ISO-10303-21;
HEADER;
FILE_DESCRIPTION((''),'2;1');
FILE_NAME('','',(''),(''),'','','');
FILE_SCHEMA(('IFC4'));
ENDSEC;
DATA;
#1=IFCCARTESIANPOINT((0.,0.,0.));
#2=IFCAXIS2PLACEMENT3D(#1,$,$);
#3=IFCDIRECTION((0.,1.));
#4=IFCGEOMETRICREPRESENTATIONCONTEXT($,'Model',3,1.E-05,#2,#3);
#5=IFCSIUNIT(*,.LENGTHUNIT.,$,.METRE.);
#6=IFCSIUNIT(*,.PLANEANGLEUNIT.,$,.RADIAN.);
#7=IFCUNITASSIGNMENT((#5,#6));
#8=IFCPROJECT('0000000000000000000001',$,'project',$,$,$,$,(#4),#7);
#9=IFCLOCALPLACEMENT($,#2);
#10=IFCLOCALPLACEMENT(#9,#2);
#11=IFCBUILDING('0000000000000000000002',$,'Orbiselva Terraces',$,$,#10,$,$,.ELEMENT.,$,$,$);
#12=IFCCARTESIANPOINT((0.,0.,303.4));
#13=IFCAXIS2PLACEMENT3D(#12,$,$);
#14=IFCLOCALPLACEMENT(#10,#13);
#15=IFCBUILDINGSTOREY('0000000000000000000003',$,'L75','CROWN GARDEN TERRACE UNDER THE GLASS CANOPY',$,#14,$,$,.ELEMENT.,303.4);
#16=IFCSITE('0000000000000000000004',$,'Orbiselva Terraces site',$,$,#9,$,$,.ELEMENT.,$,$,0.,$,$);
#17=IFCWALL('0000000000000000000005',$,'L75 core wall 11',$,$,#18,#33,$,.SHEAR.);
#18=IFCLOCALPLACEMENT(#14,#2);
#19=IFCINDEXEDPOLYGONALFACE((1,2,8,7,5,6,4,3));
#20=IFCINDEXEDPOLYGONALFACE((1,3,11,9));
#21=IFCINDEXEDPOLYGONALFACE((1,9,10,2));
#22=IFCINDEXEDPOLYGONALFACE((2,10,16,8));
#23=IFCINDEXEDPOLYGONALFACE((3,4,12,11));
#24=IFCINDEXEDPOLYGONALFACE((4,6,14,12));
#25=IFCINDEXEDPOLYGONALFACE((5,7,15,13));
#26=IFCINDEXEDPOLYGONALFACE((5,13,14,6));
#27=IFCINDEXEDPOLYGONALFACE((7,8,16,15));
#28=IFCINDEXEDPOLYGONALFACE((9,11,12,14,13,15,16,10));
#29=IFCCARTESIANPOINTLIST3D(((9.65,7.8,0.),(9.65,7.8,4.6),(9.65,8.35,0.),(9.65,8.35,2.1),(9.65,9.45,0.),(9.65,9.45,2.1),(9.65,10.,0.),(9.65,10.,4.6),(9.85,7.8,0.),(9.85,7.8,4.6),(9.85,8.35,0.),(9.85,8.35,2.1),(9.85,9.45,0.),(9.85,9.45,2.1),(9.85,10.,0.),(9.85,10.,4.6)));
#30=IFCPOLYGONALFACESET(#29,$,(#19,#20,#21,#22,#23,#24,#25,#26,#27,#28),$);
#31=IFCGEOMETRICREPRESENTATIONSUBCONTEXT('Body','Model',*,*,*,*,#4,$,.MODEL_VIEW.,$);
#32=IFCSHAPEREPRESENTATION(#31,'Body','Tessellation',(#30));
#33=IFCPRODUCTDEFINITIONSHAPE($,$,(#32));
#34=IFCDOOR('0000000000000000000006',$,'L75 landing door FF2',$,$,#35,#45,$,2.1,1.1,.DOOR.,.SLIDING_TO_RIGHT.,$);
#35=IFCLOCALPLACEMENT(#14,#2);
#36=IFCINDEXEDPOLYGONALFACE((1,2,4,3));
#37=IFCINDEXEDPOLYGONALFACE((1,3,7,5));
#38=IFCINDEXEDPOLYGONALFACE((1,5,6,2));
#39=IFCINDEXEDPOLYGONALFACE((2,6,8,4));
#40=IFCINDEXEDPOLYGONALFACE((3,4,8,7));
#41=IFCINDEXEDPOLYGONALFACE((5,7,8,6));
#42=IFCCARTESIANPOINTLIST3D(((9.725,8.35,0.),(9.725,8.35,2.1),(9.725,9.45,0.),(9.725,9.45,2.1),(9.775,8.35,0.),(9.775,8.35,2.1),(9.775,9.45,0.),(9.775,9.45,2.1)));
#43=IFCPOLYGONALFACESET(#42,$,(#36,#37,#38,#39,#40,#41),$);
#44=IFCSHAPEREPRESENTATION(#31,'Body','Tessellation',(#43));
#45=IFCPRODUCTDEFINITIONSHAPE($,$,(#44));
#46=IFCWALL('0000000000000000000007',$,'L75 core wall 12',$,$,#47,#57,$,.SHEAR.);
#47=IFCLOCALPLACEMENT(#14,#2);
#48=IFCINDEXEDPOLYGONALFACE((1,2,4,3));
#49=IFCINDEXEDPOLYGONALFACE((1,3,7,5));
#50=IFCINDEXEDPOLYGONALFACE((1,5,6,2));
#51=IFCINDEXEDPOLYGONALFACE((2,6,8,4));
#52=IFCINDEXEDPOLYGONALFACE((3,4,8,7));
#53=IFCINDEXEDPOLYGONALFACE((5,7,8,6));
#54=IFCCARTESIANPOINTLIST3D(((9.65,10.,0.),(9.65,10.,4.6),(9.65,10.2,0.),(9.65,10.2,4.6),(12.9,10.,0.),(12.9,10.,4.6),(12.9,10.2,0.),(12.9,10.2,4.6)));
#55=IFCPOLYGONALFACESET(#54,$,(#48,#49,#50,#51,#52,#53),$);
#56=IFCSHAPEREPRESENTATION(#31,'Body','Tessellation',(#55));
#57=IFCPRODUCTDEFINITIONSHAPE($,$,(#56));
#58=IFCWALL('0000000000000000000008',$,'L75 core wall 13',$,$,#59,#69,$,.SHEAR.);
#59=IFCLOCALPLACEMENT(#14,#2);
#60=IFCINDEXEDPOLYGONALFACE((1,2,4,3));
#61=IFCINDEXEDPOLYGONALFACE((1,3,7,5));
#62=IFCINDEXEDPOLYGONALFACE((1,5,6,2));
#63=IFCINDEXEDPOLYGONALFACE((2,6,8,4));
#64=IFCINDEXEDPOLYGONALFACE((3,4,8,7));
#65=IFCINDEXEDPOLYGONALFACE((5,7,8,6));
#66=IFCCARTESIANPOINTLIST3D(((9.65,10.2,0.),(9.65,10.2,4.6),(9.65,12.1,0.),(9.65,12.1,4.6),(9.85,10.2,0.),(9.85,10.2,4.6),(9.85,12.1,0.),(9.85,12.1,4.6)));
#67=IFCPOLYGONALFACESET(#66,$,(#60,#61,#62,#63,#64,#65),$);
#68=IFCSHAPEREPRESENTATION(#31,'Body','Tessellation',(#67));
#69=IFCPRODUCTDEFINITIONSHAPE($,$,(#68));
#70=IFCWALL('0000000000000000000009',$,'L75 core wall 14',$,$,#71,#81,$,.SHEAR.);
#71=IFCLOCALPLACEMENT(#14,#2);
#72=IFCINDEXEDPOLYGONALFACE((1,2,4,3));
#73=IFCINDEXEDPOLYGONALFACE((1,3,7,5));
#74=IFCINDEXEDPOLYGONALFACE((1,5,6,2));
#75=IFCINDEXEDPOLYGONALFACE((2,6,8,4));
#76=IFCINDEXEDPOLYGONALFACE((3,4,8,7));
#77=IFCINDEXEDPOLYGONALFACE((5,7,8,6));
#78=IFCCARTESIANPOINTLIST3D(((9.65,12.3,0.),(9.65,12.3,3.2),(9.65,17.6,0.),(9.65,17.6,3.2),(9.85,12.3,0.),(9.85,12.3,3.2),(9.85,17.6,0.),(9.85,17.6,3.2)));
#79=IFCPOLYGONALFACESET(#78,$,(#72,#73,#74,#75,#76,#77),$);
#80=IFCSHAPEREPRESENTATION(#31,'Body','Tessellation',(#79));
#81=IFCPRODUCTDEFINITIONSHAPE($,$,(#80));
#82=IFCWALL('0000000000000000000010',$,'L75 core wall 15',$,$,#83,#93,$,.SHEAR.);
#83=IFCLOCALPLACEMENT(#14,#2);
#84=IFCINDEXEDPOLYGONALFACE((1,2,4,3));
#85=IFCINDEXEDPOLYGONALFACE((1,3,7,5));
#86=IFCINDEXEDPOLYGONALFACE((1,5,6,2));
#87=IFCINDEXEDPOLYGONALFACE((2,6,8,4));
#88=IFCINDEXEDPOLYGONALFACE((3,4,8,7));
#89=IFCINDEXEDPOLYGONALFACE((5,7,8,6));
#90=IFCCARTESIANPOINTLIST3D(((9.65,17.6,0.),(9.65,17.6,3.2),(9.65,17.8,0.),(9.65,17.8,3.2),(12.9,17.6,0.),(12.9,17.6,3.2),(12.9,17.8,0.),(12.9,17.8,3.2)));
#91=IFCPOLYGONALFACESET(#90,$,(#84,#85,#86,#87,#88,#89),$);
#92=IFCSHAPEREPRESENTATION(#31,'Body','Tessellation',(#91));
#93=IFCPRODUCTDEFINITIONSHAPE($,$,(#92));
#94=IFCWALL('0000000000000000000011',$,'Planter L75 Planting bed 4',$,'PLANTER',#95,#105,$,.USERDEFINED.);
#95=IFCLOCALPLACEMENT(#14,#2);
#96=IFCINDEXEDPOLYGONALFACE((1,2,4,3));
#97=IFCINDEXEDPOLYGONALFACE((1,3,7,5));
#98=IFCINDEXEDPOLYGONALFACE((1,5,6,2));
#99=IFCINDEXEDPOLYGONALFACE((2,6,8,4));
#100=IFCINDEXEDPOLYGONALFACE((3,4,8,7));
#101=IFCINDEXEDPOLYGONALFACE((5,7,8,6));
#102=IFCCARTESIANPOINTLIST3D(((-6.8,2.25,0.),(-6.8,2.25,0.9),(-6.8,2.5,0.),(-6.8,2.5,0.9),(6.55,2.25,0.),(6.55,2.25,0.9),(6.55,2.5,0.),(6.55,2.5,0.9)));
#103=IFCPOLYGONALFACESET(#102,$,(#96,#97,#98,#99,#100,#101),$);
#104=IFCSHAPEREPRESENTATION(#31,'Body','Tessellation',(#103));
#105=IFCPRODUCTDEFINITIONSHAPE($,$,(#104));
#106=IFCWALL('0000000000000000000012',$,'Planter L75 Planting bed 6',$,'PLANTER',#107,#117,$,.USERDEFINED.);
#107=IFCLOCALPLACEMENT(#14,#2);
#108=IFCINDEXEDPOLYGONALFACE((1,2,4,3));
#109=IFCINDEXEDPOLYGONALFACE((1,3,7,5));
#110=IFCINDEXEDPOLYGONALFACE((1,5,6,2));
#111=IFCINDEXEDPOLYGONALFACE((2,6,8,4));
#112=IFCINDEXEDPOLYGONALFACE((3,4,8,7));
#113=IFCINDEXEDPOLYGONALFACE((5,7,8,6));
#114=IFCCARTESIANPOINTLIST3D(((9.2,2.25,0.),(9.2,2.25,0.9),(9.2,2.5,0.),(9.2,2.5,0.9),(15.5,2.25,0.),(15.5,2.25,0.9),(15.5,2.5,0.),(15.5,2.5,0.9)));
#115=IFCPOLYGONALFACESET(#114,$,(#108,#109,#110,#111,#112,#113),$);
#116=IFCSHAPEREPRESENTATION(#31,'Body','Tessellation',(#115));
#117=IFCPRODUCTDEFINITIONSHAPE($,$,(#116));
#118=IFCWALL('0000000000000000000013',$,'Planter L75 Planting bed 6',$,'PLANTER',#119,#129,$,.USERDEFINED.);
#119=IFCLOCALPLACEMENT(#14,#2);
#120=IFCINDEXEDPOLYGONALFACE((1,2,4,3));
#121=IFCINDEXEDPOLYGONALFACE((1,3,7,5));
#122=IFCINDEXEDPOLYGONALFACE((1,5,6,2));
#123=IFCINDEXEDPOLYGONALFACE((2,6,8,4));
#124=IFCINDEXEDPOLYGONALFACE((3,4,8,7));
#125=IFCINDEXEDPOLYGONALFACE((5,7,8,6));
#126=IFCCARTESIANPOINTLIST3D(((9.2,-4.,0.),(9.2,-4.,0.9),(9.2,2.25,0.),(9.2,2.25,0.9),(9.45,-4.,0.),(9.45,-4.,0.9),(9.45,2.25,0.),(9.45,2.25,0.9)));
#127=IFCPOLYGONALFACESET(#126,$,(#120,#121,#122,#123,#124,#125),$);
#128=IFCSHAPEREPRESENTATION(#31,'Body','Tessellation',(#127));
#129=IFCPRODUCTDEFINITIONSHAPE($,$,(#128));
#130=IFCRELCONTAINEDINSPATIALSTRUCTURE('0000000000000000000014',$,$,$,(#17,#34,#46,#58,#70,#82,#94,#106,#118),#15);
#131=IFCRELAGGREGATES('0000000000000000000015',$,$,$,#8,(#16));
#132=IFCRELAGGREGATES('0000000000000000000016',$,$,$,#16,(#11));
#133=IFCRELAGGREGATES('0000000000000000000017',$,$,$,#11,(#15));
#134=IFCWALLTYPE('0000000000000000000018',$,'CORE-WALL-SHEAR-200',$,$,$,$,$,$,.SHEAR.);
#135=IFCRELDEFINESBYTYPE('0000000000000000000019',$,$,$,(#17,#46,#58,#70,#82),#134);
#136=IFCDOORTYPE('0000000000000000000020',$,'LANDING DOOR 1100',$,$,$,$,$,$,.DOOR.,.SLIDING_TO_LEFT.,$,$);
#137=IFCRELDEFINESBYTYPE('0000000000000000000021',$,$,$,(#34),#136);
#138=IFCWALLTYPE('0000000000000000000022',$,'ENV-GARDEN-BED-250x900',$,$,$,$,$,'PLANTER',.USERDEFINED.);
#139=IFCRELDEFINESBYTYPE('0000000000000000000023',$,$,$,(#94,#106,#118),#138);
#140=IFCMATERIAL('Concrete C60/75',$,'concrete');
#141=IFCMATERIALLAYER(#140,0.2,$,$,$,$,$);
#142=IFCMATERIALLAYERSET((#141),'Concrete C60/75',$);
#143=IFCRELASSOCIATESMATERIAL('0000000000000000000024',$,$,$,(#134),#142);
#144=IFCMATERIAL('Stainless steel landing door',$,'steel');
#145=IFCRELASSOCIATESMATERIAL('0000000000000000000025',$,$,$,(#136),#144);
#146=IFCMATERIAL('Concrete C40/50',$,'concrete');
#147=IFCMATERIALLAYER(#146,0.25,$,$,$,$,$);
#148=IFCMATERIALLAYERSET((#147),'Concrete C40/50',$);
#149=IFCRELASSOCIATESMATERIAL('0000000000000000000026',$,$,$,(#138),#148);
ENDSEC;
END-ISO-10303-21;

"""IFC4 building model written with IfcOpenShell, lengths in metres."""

from ifc_helpers import new_model, si_unit, direction, frame, frame_2d, origin, place, context, subcontext, project, spatial, rectangle, extrude, material, layer, layer_set, type_object, element, fill, save


model = new_model("IFC4")

# Units and contexts
model_context = context("Model", 3, precision=1e-05, world=origin(), true_north=direction((0.0, 1.0)))
body_context = subcontext(model_context, "Body", "Model", "MODEL_VIEW")
ifc_project = project(units=[si_unit("LENGTHUNIT", "METRE"), si_unit("PLANEANGLEUNIT", "RADIAN")], contexts=[model_context])

# Site, building, storey
site_placement = place(None, origin())
site = spatial("IfcSite", under=ifc_project, at=site_placement, Name="Orbiselva Terraces site", CompositionType="ELEMENT", RefElevation=0.0)
building_placement = place(site_placement, origin())
building = spatial("IfcBuilding", under=site, at=building_placement, Name="Orbiselva Terraces", CompositionType="ELEMENT")
storey_placement = place(building_placement, frame((0.0, 0.0, 303.4)))
storey = spatial("IfcBuildingStorey", under=building, at=storey_placement, Name="L75", Description="CROWN GARDEN TERRACE UNDER THE GLASS CANOPY", CompositionType="ELEMENT", Elevation=303.4)

# Shared definitions
ifc_material_1 = material(Name="Concrete C40/50", Category="concrete")

# Shared definitions
ifc_material_2 = material(Name="Concrete C60/75", Category="concrete")
ifc_layer_1 = layer(ifc_material_2, 0.2)
ifc_layer_set_1 = layer_set([ifc_layer_1], Name="Concrete C60/75")
wall_type_1 = type_object("IfcWallType", Name="CORE-WALL-SHEAR-200", PredefinedType="SHEAR", material=ifc_layer_set_1)

# Shared definitions
ifc_material_3 = material(Name="Stainless steel landing door", Category="steel")
door_type_1 = type_object("IfcDoorType", Name="LANDING DOOR 1100", OperationType="SLIDING_TO_LEFT", PredefinedType="DOOR", material=ifc_material_3)

# Wall, opening, door
wall_1_placement = place(storey_placement, frame((9.75, 7.8, 0.0), z_axis=(0.0, 0.0, 1.0), x_axis=(0.0, 1.0, 0.0)))
wall_1 = element("IfcWall", 1, at=wall_1_placement, inside=storey, type_object=wall_type_1, Name="L75 core wall 11", PredefinedType="SHEAR", context=body_context, shape_type="SweptSolid", body=[
    extrude(rectangle(XDim=2.2, YDim=0.2, at=frame_2d((1.1, 0.0))), origin(), (0.0, 0.0, 1.0), 4.6),
])
opening_1_placement = place(wall_1_placement, frame((0.55, 0.0, 0.0)))
opening_1 = element("IfcOpeningElement", 2, at=opening_1_placement, cuts=wall_1, PredefinedType="OPENING", context=body_context, shape_type="SweptSolid", body=[
    extrude(rectangle(XDim=1.1, YDim=2.1, at=frame_2d((0.55, 1.05))), frame((0.0, 0.11, 0.0), z_axis=(0.0, -1.0, 0.0), x_axis=(1.0, 0.0, 0.0)), (0.0, 0.0, 1.0), 0.22),
])
door_1_placement = place(opening_1_placement, origin())
door_1 = element("IfcDoor", 3, at=door_1_placement, inside=storey, type_object=door_type_1, Name="L75 landing door FF2", OperationType="SLIDING_TO_RIGHT", OverallHeight=2.1, OverallWidth=1.1, PredefinedType="DOOR", context=body_context, shape_type="SweptSolid", body=[
    extrude(rectangle(XDim=1.1, YDim=2.1, at=frame_2d((0.55, 1.05))), frame((0.0, 0.025, 0.0), z_axis=(0.0, -1.0, 0.0), x_axis=(1.0, 0.0, 0.0)), (0.0, 0.0, 1.0), 0.05),
])
fill(opening_1, door_1)

# Walls
wall_2_placement = place(storey_placement, frame((9.65, 10.1, 0.0), z_axis=(0.0, 0.0, 1.0), x_axis=(1.0, 0.0, 0.0)))
element("IfcWall", 4, at=wall_2_placement, inside=storey, type_object=wall_type_1, Name="L75 core wall 12", PredefinedType="SHEAR", context=body_context, shape_type="SweptSolid", body=[
    extrude(rectangle(XDim=3.25, YDim=0.2, at=frame_2d((1.625, 0.0))), origin(), (0.0, 0.0, 1.0), 4.6),
])
wall_3_placement = place(storey_placement, frame((9.75, 10.2, 0.0), z_axis=(0.0, 0.0, 1.0), x_axis=(0.0, 1.0, 0.0)))
element("IfcWall", 5, at=wall_3_placement, inside=storey, type_object=wall_type_1, Name="L75 core wall 13", PredefinedType="SHEAR", context=body_context, shape_type="SweptSolid", body=[
    extrude(rectangle(XDim=1.9, YDim=0.2, at=frame_2d((0.95, 0.0))), origin(), (0.0, 0.0, 1.0), 4.6),
])
wall_4_placement = place(storey_placement, frame((9.75, 12.3, 0.0), z_axis=(0.0, 0.0, 1.0), x_axis=(0.0, 1.0, 0.0)))
element("IfcWall", 6, at=wall_4_placement, inside=storey, type_object=wall_type_1, Name="L75 core wall 14", PredefinedType="SHEAR", context=body_context, shape_type="SweptSolid", body=[
    extrude(rectangle(XDim=5.3, YDim=0.2, at=frame_2d((2.65, 0.0))), origin(), (0.0, 0.0, 1.0), 3.2),
])
wall_5_placement = place(storey_placement, frame((9.65, 17.7, 0.0), z_axis=(0.0, 0.0, 1.0), x_axis=(1.0, 0.0, 0.0)))
element("IfcWall", 7, at=wall_5_placement, inside=storey, type_object=wall_type_1, Name="L75 core wall 15", PredefinedType="SHEAR", context=body_context, shape_type="SweptSolid", body=[
    extrude(rectangle(XDim=3.25, YDim=0.2, at=frame_2d((1.625, 0.0))), origin(), (0.0, 0.0, 1.0), 3.2),
])
ifc_layer_2 = layer(ifc_material_1, 0.25)
ifc_layer_set_2 = layer_set([ifc_layer_2], Name="Concrete C40/50")
wall_type_2 = type_object("IfcWallType", Name="ENV-GARDEN-BED-250x900", ElementType="PLANTER", PredefinedType="USERDEFINED", material=ifc_layer_set_2)
wall_6_placement = place(storey_placement, frame((6.55, 2.375, 0.0), z_axis=(0.0, 0.0, 1.0), x_axis=(-1.0, 0.0, 0.0)))
element("IfcWall", 8, at=wall_6_placement, inside=storey, type_object=wall_type_2, Name="Planter L75 Planting bed 4", ObjectType="PLANTER", PredefinedType="USERDEFINED", context=body_context, shape_type="SweptSolid", body=[
    extrude(rectangle(XDim=13.35, YDim=0.25, at=frame_2d((6.675, 0.0))), origin(), (0.0, 0.0, 1.0), 0.9),
])
wall_7_placement = place(storey_placement, frame((15.5, 2.375, 0.0), z_axis=(0.0, 0.0, 1.0), x_axis=(-1.0, 0.0, 0.0)))
element("IfcWall", 9, at=wall_7_placement, inside=storey, type_object=wall_type_2, Name="Planter L75 Planting bed 6", ObjectType="PLANTER", PredefinedType="USERDEFINED", context=body_context, shape_type="SweptSolid", body=[
    extrude(rectangle(XDim=6.3, YDim=0.25, at=frame_2d((3.15, 0.0))), origin(), (0.0, 0.0, 1.0), 0.9),
])
wall_8_placement = place(storey_placement, frame((9.325, 2.25, 0.0), z_axis=(0.0, 0.0, 1.0), x_axis=(0.0, -1.0, 0.0)))
element("IfcWall", 10, at=wall_8_placement, inside=storey, type_object=wall_type_2, Name="Planter L75 Planting bed 6", ObjectType="PLANTER", PredefinedType="USERDEFINED", context=body_context, shape_type="SweptSolid", body=[
    extrude(rectangle(XDim=6.25, YDim=0.25, at=frame_2d((3.125, 0.0))), origin(), (0.0, 0.0, 1.0), 0.9),
])

save(model, "model.ifc")
